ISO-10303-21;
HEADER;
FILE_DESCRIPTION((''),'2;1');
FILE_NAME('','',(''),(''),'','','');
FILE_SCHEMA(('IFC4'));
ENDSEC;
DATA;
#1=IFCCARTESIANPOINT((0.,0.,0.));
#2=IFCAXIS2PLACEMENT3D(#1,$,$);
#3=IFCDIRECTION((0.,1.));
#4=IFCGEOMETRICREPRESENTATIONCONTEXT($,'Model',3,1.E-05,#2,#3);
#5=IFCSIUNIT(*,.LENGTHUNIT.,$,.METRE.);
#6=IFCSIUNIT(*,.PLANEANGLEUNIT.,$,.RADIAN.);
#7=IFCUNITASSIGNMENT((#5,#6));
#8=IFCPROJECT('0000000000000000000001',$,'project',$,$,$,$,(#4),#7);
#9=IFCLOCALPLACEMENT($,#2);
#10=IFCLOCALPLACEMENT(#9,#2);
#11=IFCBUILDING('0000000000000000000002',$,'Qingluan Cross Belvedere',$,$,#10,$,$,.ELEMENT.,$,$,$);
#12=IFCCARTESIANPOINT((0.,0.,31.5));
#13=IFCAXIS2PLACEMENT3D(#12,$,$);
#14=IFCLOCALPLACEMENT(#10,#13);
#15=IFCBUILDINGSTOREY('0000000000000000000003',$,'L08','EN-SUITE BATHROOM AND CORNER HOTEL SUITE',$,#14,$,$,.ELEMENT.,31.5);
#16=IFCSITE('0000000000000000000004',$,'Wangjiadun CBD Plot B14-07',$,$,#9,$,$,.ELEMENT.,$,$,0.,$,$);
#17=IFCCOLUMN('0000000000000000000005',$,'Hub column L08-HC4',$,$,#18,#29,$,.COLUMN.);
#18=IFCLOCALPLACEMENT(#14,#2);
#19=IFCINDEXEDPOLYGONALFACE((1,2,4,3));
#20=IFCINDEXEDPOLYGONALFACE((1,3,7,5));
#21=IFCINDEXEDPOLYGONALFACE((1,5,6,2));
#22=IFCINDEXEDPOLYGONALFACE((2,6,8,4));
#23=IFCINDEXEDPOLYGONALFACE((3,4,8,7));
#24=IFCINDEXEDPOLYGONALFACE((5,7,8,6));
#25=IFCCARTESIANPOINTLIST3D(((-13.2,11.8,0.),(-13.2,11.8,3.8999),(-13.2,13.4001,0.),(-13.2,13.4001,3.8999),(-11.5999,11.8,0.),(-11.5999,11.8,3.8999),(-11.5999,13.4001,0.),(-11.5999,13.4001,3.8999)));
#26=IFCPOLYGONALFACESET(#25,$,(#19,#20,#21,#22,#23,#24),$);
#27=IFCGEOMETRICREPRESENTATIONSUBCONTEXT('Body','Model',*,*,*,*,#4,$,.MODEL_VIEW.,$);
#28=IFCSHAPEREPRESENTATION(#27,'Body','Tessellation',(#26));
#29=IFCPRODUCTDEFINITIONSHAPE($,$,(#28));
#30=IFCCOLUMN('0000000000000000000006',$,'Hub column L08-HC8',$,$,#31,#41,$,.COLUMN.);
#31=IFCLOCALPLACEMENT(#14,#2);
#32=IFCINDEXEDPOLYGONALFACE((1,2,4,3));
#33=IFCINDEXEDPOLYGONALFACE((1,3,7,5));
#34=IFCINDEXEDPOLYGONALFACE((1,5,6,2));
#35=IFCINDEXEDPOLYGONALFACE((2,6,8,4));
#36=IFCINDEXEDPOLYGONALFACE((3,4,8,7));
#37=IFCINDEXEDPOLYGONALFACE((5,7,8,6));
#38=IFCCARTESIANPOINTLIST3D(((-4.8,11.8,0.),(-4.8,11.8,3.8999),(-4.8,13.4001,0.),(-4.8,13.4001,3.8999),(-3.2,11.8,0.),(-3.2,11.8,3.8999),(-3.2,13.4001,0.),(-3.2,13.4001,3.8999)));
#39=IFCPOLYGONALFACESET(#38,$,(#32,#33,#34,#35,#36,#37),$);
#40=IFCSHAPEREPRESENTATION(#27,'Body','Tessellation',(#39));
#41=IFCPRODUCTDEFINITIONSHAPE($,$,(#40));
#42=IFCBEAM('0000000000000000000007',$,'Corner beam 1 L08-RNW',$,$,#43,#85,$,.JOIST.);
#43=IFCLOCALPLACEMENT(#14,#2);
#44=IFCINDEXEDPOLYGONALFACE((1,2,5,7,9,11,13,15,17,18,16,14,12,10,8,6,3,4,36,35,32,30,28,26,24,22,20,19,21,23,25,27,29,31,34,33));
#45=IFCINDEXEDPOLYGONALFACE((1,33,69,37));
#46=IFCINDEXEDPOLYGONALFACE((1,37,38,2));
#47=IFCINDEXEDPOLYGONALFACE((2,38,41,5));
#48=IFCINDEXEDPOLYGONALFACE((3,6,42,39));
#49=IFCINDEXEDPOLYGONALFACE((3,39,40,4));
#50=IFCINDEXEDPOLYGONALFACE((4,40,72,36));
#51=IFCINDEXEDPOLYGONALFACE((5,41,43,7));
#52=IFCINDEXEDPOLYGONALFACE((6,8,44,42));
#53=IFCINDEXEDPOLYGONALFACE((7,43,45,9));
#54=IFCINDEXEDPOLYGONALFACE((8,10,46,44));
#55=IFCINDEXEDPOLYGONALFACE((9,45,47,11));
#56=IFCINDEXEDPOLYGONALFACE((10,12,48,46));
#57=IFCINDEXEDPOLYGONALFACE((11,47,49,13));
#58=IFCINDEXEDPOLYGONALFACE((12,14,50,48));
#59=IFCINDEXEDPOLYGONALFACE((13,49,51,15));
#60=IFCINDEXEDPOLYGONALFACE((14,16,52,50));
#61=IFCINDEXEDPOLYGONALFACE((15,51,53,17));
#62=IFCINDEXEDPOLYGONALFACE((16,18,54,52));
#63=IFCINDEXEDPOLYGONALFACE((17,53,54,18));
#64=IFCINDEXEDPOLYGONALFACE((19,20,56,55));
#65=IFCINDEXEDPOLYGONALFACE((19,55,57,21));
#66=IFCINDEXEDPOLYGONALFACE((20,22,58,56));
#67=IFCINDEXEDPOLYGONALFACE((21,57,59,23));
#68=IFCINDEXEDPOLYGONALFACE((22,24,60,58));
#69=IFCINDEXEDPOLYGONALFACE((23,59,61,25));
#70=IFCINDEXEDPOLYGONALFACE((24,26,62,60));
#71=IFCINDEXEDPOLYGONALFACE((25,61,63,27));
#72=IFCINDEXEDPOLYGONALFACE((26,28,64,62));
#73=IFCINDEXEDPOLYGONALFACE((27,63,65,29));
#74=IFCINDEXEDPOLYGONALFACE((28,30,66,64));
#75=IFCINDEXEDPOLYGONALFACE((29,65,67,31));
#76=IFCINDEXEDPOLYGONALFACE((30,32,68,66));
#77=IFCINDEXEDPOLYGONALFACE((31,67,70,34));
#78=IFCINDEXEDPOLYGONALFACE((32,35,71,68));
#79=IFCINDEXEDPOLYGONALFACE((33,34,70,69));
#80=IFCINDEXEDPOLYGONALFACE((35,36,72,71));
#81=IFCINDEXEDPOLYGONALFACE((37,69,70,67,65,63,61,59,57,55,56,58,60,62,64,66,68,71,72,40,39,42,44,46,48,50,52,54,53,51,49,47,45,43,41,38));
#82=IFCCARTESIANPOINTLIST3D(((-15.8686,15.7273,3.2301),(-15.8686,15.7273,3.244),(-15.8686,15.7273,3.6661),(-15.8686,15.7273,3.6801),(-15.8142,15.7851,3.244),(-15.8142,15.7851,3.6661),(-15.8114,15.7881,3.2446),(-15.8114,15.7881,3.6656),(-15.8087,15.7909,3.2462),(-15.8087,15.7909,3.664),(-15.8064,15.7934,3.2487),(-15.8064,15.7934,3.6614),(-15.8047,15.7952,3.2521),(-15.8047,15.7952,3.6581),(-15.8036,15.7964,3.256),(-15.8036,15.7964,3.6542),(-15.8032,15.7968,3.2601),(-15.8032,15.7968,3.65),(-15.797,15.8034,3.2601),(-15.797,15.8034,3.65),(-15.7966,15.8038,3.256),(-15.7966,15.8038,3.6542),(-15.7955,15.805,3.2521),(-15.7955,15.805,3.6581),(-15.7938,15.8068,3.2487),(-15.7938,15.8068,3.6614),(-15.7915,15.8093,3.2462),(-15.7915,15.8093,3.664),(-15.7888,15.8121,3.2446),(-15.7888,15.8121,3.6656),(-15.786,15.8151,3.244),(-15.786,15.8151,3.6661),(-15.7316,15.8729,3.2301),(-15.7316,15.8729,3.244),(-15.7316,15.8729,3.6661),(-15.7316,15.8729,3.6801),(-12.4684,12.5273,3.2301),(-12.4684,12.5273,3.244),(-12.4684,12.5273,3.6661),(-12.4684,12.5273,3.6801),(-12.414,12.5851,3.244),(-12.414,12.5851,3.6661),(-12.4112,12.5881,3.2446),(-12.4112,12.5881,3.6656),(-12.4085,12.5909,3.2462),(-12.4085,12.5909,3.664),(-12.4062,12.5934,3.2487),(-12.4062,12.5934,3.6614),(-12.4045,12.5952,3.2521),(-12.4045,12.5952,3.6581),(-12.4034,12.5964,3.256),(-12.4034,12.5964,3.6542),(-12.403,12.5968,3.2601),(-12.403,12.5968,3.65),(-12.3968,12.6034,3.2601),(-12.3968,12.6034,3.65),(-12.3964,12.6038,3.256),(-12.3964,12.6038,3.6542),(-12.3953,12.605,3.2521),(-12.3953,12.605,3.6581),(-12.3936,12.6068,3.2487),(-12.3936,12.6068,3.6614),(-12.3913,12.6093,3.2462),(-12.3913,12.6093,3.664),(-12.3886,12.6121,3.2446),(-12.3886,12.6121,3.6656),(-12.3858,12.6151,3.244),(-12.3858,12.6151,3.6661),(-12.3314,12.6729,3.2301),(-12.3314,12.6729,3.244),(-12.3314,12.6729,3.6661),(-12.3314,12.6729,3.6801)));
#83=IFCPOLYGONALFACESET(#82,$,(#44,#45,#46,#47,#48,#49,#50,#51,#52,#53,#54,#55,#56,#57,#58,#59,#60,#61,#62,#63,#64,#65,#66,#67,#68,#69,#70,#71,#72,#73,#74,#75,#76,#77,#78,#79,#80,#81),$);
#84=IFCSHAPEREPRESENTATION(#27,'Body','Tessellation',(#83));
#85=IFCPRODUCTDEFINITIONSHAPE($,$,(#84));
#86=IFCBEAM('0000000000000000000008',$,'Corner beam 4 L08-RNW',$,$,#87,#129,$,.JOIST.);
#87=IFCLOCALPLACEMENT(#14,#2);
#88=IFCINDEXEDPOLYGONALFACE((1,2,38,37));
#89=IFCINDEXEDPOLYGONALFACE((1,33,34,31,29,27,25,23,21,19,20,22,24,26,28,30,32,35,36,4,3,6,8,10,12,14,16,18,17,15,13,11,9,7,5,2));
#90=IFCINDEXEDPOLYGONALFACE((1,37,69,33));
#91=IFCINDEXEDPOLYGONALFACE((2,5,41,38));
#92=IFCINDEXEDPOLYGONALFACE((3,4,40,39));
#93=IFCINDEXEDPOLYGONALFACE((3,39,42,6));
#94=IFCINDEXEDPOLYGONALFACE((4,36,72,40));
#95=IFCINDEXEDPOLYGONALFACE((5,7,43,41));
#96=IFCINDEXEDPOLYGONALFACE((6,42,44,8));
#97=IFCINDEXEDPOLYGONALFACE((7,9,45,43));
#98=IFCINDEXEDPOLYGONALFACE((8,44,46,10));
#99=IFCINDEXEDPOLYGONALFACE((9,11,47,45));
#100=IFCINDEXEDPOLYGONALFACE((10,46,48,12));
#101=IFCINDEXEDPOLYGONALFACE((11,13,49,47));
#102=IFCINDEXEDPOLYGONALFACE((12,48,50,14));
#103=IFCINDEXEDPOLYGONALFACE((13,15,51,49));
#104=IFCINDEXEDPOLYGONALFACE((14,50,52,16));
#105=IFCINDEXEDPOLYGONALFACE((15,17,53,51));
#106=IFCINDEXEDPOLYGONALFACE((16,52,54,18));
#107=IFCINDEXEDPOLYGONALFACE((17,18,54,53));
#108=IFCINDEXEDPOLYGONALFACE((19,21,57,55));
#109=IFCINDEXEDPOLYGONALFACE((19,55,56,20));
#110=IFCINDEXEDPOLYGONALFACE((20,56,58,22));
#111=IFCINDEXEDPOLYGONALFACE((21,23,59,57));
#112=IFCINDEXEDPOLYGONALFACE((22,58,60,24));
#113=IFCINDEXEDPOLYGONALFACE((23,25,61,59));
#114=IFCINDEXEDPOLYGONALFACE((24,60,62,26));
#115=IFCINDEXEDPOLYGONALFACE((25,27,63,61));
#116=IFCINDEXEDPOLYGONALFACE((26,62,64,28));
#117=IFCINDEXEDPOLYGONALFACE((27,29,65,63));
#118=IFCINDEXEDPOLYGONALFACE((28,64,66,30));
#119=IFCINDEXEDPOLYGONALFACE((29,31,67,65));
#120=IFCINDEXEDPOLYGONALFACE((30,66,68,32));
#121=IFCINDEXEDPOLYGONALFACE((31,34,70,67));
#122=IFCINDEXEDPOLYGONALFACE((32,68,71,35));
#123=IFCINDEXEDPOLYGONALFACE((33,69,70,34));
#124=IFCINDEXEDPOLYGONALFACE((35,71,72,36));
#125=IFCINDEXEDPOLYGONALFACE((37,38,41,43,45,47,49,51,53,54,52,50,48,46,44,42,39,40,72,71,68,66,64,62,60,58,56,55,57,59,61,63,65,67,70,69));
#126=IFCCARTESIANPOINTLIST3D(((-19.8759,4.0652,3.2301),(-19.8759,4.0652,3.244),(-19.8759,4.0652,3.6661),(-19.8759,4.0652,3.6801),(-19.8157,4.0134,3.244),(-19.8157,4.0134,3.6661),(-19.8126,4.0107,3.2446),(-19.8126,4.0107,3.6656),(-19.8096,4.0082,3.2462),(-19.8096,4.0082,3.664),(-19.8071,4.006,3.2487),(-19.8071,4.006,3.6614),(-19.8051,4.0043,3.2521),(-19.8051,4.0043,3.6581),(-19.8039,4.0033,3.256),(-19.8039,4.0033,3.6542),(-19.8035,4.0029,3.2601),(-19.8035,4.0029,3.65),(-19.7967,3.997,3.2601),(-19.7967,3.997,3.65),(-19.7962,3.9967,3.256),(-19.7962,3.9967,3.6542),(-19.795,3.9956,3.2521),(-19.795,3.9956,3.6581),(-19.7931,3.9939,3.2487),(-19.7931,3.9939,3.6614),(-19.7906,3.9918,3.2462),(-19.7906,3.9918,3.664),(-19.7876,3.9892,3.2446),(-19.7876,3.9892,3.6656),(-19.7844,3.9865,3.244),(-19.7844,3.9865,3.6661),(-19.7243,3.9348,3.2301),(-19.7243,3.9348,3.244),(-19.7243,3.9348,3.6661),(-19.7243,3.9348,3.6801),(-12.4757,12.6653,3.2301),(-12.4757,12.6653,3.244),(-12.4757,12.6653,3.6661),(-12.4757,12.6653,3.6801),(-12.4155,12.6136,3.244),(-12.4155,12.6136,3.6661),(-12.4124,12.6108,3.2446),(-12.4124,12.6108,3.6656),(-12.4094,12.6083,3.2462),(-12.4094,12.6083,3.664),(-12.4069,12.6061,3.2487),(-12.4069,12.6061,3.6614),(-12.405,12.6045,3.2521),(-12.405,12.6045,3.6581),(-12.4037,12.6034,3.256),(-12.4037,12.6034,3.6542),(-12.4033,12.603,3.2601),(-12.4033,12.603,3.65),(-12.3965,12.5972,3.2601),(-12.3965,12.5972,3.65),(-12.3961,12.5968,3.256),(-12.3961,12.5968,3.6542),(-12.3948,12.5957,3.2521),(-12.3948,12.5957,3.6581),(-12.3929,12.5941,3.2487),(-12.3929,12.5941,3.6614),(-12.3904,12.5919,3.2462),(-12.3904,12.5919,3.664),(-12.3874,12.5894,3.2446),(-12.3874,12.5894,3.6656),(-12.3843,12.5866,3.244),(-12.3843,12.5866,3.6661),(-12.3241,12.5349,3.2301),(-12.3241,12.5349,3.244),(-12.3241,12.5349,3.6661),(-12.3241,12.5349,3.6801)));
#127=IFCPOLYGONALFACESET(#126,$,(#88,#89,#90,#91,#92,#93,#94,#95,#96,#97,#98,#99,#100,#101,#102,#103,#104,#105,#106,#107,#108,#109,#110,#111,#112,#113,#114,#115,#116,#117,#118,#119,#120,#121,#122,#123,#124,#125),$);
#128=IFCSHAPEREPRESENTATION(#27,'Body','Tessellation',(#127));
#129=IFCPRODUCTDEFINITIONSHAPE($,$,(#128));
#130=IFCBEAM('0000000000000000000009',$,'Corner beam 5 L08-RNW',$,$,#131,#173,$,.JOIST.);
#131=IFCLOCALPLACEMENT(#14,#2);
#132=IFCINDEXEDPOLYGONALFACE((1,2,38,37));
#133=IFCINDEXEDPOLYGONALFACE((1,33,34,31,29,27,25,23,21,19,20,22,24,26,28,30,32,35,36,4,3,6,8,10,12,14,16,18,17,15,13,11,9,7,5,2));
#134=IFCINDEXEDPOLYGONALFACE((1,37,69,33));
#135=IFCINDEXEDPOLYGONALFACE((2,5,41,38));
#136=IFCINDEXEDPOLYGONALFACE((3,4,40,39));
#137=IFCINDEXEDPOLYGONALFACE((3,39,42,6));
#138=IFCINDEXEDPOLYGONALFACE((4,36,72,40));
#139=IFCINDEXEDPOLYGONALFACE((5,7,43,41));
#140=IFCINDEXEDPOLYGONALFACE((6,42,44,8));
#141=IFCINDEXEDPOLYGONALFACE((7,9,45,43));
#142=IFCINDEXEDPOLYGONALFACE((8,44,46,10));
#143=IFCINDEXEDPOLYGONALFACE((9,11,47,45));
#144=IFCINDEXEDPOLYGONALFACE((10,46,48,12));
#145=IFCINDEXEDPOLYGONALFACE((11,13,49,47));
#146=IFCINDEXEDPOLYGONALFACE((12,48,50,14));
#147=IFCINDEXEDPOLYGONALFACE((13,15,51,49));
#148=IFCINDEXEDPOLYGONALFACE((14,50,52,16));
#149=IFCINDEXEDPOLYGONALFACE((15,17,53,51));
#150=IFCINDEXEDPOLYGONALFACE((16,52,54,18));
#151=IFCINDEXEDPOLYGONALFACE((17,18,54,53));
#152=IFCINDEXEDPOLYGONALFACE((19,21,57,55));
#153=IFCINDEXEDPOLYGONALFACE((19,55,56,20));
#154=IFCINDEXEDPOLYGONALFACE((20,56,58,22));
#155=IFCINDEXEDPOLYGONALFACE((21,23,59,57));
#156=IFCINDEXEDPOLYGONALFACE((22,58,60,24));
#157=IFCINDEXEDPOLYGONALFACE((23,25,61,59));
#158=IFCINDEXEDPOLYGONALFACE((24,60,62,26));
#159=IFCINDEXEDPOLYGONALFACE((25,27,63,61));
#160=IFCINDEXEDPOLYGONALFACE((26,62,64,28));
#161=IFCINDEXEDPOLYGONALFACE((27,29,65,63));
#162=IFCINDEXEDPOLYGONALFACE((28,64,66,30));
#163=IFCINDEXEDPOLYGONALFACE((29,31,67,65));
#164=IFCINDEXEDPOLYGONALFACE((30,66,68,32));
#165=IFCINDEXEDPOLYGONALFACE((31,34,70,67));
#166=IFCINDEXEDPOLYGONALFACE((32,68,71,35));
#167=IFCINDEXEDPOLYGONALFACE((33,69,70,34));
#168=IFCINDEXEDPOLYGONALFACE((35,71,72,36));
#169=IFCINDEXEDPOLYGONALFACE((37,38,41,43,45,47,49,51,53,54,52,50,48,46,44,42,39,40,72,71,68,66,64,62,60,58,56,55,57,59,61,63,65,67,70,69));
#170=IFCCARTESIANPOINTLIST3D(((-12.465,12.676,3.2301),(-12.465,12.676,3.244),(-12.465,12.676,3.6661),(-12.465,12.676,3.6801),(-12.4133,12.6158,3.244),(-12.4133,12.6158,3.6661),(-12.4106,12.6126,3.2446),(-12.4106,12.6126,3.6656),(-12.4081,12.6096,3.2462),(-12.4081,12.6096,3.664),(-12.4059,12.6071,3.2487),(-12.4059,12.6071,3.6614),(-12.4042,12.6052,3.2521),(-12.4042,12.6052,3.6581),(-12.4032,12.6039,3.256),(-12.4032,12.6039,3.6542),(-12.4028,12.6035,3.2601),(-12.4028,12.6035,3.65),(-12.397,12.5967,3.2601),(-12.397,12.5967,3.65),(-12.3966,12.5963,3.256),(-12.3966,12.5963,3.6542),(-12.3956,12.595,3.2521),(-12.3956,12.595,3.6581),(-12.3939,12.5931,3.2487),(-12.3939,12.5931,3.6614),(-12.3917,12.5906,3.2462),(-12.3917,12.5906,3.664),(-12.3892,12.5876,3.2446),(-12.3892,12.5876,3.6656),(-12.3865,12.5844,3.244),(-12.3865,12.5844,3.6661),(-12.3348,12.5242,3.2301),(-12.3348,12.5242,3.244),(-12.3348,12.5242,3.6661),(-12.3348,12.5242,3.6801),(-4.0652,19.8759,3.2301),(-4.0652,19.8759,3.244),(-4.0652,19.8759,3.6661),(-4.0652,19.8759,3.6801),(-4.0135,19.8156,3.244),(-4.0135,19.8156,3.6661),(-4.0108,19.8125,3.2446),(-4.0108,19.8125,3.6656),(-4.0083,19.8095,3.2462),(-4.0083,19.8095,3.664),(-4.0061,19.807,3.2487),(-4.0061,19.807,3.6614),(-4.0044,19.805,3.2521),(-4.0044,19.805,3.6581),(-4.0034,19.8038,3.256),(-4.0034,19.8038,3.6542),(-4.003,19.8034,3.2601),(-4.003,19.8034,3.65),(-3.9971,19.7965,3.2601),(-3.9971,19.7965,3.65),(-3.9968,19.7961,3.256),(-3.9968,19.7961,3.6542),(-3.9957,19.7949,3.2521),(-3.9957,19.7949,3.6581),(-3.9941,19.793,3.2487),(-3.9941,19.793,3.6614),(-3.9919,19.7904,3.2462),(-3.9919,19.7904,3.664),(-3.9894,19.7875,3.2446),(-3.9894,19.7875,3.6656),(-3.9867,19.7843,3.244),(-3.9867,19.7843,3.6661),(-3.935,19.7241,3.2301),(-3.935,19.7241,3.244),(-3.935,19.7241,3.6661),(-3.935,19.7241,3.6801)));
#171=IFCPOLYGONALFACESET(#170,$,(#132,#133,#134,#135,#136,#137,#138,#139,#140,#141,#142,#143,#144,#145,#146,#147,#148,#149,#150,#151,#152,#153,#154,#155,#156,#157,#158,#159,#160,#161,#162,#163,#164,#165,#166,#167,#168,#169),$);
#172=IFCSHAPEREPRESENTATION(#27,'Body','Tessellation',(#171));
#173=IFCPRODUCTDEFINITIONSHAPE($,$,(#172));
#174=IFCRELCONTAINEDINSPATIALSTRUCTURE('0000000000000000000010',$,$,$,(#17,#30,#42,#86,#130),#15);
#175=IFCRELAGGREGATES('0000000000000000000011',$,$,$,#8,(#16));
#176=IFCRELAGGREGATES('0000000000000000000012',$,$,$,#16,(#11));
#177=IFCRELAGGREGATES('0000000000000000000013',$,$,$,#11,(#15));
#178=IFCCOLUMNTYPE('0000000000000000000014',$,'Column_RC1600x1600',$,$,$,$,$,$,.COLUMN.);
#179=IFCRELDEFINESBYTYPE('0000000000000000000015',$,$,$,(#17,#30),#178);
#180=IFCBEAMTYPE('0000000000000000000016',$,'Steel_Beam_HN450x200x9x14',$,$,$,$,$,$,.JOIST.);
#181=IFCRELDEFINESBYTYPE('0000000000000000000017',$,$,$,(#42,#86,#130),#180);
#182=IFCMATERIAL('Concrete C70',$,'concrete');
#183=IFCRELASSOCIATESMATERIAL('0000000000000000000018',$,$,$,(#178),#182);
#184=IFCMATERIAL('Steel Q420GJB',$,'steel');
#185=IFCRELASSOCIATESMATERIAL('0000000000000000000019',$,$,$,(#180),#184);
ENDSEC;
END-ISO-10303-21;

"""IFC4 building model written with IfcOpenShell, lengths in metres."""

from ifc_helpers import new_model, si_unit, direction, frame, origin, origin_2d, place, context, subcontext, project, spatial, rectangle, i_section, extrude, material, material_profile, profile_set, type_object, element, save


model = new_model("IFC4")

# Units and contexts
model_context = context("Model", 3, precision=1e-05, world=origin(), true_north=direction((0.0, 1.0)))
body_context = subcontext(model_context, "Body", "Model", "MODEL_VIEW")
ifc_project = project(units=[si_unit("LENGTHUNIT", "METRE"), si_unit("PLANEANGLEUNIT", "RADIAN")], contexts=[model_context])

# Site, building, storey
site_placement = place(None, origin())
site = spatial("IfcSite", under=ifc_project, at=site_placement, Name="Wangjiadun CBD Plot B14-07", CompositionType="ELEMENT", RefElevation=0.0)
building_placement = place(site_placement, origin())
building = spatial("IfcBuilding", under=site, at=building_placement, Name="Qingluan Cross Belvedere", CompositionType="ELEMENT")
storey_placement = place(building_placement, frame((0.0, 0.0, 31.5)))
storey = spatial("IfcBuildingStorey", under=building, at=storey_placement, Name="L08", Description="EN-SUITE BATHROOM AND CORNER HOTEL SUITE", CompositionType="ELEMENT", Elevation=31.5)

# Columns
ifc_material_1 = material(Name="Concrete C70", Category="concrete")
ifc_material_profile_1 = material_profile(ifc_material_1, rectangle(XDim=1.6001, YDim=1.6001, at=origin_2d()), Name="RC1600x1600")
ifc_profile_set_1 = profile_set([ifc_material_profile_1], Name="Concrete C70")
column_type = type_object("IfcColumnType", Name="Column_RC1600x1600", PredefinedType="COLUMN", material=ifc_profile_set_1)
for number, where, z_axis, x_axis, name in (
    (1, (-12.3999, 12.6001, 0.0), (0.0, 0.0, 1.0), (1.0, 0.0, 0.0), "Hub column L08-HC4"),
    (2, (-4.0, 12.6001, 0.0), (0.0, 0.0, 1.0), (1.0, 0.0, 0.0), "Hub column L08-HC8"),
):
    element("IfcColumn", number, at=place(storey_placement, frame(where, z_axis=z_axis, x_axis=x_axis)), inside=storey, type_object=column_type, Name=name, PredefinedType="COLUMN", context=body_context, shape_type="SweptSolid", body=[
        extrude(rectangle(XDim=1.6001, YDim=1.6001, at=origin_2d()), origin(), (0.0, 0.0, 1.0), 3.8999),
    ])

# Beams
ifc_material_2 = material(Name="Steel Q420GJB", Category="steel")
ifc_material_profile_2 = material_profile(ifc_material_2, i_section(OverallWidth=0.2, OverallDepth=0.45, WebThickness=0.009, FlangeThickness=0.0139, FilletRadius=0.0161, at=origin_2d()), Name="HN450x200x9x14")
ifc_profile_set_2 = profile_set([ifc_material_profile_2], Name="Steel Q420GJB")
beam_type_1 = type_object("IfcBeamType", Name="Steel_Beam_HN450x200x9x14", PredefinedType="JOIST", material=ifc_profile_set_2)
beam_1_placement = place(storey_placement, frame((-12.3999, 12.6001, 3.4551), z_axis=(-0.72822, 0.685343, 0.0), x_axis=(-0.685343, -0.72822, 0.0)))
element("IfcBeam", 3, at=beam_1_placement, inside=storey, type_object=beam_type_1, Name="Corner beam 1 L08-RNW", PredefinedType="JOIST", context=body_context, shape_type="SweptSolid", body=[
    extrude(i_section(OverallWidth=0.2, OverallDepth=0.45, WebThickness=0.009, FlangeThickness=0.0139, FilletRadius=0.0161, at=origin_2d()), origin(), (0.0, 0.0, 1.0), 4.6692),
])
beam_2_placement = place(storey_placement, frame((-12.3999, 12.6001, 3.4551), z_axis=(-0.652245, -0.758008, 0.0), x_axis=(0.758008, -0.652245, 0.0)))
element("IfcBeam", 4, at=beam_2_placement, inside=storey, type_object=beam_type_1, Name="Corner beam 4 L08-RNW", PredefinedType="JOIST", context=body_context, shape_type="SweptSolid", body=[
    extrude(i_section(OverallWidth=0.2, OverallDepth=0.45, WebThickness=0.009, FlangeThickness=0.0139, FilletRadius=0.0161, at=origin_2d()), origin(), (0.0, 0.0, 1.0), 11.3457),
])
beam_3_placement = place(storey_placement, frame((-12.3999, 12.6001, 3.4551), z_axis=(0.759255, 0.650793, 0.0), x_axis=(-0.650793, 0.759255, 0.0)))
element("IfcBeam", 5, at=beam_3_placement, inside=storey, type_object=beam_type_1, Name="Corner beam 5 L08-RNW", PredefinedType="JOIST", context=body_context, shape_type="SweptSolid", body=[
    extrude(i_section(OverallWidth=0.2, OverallDepth=0.45, WebThickness=0.009, FlangeThickness=0.0139, FilletRadius=0.0161, at=origin_2d()), origin(), (0.0, 0.0, 1.0), 11.0632),
])

save(model, "model.ifc")
